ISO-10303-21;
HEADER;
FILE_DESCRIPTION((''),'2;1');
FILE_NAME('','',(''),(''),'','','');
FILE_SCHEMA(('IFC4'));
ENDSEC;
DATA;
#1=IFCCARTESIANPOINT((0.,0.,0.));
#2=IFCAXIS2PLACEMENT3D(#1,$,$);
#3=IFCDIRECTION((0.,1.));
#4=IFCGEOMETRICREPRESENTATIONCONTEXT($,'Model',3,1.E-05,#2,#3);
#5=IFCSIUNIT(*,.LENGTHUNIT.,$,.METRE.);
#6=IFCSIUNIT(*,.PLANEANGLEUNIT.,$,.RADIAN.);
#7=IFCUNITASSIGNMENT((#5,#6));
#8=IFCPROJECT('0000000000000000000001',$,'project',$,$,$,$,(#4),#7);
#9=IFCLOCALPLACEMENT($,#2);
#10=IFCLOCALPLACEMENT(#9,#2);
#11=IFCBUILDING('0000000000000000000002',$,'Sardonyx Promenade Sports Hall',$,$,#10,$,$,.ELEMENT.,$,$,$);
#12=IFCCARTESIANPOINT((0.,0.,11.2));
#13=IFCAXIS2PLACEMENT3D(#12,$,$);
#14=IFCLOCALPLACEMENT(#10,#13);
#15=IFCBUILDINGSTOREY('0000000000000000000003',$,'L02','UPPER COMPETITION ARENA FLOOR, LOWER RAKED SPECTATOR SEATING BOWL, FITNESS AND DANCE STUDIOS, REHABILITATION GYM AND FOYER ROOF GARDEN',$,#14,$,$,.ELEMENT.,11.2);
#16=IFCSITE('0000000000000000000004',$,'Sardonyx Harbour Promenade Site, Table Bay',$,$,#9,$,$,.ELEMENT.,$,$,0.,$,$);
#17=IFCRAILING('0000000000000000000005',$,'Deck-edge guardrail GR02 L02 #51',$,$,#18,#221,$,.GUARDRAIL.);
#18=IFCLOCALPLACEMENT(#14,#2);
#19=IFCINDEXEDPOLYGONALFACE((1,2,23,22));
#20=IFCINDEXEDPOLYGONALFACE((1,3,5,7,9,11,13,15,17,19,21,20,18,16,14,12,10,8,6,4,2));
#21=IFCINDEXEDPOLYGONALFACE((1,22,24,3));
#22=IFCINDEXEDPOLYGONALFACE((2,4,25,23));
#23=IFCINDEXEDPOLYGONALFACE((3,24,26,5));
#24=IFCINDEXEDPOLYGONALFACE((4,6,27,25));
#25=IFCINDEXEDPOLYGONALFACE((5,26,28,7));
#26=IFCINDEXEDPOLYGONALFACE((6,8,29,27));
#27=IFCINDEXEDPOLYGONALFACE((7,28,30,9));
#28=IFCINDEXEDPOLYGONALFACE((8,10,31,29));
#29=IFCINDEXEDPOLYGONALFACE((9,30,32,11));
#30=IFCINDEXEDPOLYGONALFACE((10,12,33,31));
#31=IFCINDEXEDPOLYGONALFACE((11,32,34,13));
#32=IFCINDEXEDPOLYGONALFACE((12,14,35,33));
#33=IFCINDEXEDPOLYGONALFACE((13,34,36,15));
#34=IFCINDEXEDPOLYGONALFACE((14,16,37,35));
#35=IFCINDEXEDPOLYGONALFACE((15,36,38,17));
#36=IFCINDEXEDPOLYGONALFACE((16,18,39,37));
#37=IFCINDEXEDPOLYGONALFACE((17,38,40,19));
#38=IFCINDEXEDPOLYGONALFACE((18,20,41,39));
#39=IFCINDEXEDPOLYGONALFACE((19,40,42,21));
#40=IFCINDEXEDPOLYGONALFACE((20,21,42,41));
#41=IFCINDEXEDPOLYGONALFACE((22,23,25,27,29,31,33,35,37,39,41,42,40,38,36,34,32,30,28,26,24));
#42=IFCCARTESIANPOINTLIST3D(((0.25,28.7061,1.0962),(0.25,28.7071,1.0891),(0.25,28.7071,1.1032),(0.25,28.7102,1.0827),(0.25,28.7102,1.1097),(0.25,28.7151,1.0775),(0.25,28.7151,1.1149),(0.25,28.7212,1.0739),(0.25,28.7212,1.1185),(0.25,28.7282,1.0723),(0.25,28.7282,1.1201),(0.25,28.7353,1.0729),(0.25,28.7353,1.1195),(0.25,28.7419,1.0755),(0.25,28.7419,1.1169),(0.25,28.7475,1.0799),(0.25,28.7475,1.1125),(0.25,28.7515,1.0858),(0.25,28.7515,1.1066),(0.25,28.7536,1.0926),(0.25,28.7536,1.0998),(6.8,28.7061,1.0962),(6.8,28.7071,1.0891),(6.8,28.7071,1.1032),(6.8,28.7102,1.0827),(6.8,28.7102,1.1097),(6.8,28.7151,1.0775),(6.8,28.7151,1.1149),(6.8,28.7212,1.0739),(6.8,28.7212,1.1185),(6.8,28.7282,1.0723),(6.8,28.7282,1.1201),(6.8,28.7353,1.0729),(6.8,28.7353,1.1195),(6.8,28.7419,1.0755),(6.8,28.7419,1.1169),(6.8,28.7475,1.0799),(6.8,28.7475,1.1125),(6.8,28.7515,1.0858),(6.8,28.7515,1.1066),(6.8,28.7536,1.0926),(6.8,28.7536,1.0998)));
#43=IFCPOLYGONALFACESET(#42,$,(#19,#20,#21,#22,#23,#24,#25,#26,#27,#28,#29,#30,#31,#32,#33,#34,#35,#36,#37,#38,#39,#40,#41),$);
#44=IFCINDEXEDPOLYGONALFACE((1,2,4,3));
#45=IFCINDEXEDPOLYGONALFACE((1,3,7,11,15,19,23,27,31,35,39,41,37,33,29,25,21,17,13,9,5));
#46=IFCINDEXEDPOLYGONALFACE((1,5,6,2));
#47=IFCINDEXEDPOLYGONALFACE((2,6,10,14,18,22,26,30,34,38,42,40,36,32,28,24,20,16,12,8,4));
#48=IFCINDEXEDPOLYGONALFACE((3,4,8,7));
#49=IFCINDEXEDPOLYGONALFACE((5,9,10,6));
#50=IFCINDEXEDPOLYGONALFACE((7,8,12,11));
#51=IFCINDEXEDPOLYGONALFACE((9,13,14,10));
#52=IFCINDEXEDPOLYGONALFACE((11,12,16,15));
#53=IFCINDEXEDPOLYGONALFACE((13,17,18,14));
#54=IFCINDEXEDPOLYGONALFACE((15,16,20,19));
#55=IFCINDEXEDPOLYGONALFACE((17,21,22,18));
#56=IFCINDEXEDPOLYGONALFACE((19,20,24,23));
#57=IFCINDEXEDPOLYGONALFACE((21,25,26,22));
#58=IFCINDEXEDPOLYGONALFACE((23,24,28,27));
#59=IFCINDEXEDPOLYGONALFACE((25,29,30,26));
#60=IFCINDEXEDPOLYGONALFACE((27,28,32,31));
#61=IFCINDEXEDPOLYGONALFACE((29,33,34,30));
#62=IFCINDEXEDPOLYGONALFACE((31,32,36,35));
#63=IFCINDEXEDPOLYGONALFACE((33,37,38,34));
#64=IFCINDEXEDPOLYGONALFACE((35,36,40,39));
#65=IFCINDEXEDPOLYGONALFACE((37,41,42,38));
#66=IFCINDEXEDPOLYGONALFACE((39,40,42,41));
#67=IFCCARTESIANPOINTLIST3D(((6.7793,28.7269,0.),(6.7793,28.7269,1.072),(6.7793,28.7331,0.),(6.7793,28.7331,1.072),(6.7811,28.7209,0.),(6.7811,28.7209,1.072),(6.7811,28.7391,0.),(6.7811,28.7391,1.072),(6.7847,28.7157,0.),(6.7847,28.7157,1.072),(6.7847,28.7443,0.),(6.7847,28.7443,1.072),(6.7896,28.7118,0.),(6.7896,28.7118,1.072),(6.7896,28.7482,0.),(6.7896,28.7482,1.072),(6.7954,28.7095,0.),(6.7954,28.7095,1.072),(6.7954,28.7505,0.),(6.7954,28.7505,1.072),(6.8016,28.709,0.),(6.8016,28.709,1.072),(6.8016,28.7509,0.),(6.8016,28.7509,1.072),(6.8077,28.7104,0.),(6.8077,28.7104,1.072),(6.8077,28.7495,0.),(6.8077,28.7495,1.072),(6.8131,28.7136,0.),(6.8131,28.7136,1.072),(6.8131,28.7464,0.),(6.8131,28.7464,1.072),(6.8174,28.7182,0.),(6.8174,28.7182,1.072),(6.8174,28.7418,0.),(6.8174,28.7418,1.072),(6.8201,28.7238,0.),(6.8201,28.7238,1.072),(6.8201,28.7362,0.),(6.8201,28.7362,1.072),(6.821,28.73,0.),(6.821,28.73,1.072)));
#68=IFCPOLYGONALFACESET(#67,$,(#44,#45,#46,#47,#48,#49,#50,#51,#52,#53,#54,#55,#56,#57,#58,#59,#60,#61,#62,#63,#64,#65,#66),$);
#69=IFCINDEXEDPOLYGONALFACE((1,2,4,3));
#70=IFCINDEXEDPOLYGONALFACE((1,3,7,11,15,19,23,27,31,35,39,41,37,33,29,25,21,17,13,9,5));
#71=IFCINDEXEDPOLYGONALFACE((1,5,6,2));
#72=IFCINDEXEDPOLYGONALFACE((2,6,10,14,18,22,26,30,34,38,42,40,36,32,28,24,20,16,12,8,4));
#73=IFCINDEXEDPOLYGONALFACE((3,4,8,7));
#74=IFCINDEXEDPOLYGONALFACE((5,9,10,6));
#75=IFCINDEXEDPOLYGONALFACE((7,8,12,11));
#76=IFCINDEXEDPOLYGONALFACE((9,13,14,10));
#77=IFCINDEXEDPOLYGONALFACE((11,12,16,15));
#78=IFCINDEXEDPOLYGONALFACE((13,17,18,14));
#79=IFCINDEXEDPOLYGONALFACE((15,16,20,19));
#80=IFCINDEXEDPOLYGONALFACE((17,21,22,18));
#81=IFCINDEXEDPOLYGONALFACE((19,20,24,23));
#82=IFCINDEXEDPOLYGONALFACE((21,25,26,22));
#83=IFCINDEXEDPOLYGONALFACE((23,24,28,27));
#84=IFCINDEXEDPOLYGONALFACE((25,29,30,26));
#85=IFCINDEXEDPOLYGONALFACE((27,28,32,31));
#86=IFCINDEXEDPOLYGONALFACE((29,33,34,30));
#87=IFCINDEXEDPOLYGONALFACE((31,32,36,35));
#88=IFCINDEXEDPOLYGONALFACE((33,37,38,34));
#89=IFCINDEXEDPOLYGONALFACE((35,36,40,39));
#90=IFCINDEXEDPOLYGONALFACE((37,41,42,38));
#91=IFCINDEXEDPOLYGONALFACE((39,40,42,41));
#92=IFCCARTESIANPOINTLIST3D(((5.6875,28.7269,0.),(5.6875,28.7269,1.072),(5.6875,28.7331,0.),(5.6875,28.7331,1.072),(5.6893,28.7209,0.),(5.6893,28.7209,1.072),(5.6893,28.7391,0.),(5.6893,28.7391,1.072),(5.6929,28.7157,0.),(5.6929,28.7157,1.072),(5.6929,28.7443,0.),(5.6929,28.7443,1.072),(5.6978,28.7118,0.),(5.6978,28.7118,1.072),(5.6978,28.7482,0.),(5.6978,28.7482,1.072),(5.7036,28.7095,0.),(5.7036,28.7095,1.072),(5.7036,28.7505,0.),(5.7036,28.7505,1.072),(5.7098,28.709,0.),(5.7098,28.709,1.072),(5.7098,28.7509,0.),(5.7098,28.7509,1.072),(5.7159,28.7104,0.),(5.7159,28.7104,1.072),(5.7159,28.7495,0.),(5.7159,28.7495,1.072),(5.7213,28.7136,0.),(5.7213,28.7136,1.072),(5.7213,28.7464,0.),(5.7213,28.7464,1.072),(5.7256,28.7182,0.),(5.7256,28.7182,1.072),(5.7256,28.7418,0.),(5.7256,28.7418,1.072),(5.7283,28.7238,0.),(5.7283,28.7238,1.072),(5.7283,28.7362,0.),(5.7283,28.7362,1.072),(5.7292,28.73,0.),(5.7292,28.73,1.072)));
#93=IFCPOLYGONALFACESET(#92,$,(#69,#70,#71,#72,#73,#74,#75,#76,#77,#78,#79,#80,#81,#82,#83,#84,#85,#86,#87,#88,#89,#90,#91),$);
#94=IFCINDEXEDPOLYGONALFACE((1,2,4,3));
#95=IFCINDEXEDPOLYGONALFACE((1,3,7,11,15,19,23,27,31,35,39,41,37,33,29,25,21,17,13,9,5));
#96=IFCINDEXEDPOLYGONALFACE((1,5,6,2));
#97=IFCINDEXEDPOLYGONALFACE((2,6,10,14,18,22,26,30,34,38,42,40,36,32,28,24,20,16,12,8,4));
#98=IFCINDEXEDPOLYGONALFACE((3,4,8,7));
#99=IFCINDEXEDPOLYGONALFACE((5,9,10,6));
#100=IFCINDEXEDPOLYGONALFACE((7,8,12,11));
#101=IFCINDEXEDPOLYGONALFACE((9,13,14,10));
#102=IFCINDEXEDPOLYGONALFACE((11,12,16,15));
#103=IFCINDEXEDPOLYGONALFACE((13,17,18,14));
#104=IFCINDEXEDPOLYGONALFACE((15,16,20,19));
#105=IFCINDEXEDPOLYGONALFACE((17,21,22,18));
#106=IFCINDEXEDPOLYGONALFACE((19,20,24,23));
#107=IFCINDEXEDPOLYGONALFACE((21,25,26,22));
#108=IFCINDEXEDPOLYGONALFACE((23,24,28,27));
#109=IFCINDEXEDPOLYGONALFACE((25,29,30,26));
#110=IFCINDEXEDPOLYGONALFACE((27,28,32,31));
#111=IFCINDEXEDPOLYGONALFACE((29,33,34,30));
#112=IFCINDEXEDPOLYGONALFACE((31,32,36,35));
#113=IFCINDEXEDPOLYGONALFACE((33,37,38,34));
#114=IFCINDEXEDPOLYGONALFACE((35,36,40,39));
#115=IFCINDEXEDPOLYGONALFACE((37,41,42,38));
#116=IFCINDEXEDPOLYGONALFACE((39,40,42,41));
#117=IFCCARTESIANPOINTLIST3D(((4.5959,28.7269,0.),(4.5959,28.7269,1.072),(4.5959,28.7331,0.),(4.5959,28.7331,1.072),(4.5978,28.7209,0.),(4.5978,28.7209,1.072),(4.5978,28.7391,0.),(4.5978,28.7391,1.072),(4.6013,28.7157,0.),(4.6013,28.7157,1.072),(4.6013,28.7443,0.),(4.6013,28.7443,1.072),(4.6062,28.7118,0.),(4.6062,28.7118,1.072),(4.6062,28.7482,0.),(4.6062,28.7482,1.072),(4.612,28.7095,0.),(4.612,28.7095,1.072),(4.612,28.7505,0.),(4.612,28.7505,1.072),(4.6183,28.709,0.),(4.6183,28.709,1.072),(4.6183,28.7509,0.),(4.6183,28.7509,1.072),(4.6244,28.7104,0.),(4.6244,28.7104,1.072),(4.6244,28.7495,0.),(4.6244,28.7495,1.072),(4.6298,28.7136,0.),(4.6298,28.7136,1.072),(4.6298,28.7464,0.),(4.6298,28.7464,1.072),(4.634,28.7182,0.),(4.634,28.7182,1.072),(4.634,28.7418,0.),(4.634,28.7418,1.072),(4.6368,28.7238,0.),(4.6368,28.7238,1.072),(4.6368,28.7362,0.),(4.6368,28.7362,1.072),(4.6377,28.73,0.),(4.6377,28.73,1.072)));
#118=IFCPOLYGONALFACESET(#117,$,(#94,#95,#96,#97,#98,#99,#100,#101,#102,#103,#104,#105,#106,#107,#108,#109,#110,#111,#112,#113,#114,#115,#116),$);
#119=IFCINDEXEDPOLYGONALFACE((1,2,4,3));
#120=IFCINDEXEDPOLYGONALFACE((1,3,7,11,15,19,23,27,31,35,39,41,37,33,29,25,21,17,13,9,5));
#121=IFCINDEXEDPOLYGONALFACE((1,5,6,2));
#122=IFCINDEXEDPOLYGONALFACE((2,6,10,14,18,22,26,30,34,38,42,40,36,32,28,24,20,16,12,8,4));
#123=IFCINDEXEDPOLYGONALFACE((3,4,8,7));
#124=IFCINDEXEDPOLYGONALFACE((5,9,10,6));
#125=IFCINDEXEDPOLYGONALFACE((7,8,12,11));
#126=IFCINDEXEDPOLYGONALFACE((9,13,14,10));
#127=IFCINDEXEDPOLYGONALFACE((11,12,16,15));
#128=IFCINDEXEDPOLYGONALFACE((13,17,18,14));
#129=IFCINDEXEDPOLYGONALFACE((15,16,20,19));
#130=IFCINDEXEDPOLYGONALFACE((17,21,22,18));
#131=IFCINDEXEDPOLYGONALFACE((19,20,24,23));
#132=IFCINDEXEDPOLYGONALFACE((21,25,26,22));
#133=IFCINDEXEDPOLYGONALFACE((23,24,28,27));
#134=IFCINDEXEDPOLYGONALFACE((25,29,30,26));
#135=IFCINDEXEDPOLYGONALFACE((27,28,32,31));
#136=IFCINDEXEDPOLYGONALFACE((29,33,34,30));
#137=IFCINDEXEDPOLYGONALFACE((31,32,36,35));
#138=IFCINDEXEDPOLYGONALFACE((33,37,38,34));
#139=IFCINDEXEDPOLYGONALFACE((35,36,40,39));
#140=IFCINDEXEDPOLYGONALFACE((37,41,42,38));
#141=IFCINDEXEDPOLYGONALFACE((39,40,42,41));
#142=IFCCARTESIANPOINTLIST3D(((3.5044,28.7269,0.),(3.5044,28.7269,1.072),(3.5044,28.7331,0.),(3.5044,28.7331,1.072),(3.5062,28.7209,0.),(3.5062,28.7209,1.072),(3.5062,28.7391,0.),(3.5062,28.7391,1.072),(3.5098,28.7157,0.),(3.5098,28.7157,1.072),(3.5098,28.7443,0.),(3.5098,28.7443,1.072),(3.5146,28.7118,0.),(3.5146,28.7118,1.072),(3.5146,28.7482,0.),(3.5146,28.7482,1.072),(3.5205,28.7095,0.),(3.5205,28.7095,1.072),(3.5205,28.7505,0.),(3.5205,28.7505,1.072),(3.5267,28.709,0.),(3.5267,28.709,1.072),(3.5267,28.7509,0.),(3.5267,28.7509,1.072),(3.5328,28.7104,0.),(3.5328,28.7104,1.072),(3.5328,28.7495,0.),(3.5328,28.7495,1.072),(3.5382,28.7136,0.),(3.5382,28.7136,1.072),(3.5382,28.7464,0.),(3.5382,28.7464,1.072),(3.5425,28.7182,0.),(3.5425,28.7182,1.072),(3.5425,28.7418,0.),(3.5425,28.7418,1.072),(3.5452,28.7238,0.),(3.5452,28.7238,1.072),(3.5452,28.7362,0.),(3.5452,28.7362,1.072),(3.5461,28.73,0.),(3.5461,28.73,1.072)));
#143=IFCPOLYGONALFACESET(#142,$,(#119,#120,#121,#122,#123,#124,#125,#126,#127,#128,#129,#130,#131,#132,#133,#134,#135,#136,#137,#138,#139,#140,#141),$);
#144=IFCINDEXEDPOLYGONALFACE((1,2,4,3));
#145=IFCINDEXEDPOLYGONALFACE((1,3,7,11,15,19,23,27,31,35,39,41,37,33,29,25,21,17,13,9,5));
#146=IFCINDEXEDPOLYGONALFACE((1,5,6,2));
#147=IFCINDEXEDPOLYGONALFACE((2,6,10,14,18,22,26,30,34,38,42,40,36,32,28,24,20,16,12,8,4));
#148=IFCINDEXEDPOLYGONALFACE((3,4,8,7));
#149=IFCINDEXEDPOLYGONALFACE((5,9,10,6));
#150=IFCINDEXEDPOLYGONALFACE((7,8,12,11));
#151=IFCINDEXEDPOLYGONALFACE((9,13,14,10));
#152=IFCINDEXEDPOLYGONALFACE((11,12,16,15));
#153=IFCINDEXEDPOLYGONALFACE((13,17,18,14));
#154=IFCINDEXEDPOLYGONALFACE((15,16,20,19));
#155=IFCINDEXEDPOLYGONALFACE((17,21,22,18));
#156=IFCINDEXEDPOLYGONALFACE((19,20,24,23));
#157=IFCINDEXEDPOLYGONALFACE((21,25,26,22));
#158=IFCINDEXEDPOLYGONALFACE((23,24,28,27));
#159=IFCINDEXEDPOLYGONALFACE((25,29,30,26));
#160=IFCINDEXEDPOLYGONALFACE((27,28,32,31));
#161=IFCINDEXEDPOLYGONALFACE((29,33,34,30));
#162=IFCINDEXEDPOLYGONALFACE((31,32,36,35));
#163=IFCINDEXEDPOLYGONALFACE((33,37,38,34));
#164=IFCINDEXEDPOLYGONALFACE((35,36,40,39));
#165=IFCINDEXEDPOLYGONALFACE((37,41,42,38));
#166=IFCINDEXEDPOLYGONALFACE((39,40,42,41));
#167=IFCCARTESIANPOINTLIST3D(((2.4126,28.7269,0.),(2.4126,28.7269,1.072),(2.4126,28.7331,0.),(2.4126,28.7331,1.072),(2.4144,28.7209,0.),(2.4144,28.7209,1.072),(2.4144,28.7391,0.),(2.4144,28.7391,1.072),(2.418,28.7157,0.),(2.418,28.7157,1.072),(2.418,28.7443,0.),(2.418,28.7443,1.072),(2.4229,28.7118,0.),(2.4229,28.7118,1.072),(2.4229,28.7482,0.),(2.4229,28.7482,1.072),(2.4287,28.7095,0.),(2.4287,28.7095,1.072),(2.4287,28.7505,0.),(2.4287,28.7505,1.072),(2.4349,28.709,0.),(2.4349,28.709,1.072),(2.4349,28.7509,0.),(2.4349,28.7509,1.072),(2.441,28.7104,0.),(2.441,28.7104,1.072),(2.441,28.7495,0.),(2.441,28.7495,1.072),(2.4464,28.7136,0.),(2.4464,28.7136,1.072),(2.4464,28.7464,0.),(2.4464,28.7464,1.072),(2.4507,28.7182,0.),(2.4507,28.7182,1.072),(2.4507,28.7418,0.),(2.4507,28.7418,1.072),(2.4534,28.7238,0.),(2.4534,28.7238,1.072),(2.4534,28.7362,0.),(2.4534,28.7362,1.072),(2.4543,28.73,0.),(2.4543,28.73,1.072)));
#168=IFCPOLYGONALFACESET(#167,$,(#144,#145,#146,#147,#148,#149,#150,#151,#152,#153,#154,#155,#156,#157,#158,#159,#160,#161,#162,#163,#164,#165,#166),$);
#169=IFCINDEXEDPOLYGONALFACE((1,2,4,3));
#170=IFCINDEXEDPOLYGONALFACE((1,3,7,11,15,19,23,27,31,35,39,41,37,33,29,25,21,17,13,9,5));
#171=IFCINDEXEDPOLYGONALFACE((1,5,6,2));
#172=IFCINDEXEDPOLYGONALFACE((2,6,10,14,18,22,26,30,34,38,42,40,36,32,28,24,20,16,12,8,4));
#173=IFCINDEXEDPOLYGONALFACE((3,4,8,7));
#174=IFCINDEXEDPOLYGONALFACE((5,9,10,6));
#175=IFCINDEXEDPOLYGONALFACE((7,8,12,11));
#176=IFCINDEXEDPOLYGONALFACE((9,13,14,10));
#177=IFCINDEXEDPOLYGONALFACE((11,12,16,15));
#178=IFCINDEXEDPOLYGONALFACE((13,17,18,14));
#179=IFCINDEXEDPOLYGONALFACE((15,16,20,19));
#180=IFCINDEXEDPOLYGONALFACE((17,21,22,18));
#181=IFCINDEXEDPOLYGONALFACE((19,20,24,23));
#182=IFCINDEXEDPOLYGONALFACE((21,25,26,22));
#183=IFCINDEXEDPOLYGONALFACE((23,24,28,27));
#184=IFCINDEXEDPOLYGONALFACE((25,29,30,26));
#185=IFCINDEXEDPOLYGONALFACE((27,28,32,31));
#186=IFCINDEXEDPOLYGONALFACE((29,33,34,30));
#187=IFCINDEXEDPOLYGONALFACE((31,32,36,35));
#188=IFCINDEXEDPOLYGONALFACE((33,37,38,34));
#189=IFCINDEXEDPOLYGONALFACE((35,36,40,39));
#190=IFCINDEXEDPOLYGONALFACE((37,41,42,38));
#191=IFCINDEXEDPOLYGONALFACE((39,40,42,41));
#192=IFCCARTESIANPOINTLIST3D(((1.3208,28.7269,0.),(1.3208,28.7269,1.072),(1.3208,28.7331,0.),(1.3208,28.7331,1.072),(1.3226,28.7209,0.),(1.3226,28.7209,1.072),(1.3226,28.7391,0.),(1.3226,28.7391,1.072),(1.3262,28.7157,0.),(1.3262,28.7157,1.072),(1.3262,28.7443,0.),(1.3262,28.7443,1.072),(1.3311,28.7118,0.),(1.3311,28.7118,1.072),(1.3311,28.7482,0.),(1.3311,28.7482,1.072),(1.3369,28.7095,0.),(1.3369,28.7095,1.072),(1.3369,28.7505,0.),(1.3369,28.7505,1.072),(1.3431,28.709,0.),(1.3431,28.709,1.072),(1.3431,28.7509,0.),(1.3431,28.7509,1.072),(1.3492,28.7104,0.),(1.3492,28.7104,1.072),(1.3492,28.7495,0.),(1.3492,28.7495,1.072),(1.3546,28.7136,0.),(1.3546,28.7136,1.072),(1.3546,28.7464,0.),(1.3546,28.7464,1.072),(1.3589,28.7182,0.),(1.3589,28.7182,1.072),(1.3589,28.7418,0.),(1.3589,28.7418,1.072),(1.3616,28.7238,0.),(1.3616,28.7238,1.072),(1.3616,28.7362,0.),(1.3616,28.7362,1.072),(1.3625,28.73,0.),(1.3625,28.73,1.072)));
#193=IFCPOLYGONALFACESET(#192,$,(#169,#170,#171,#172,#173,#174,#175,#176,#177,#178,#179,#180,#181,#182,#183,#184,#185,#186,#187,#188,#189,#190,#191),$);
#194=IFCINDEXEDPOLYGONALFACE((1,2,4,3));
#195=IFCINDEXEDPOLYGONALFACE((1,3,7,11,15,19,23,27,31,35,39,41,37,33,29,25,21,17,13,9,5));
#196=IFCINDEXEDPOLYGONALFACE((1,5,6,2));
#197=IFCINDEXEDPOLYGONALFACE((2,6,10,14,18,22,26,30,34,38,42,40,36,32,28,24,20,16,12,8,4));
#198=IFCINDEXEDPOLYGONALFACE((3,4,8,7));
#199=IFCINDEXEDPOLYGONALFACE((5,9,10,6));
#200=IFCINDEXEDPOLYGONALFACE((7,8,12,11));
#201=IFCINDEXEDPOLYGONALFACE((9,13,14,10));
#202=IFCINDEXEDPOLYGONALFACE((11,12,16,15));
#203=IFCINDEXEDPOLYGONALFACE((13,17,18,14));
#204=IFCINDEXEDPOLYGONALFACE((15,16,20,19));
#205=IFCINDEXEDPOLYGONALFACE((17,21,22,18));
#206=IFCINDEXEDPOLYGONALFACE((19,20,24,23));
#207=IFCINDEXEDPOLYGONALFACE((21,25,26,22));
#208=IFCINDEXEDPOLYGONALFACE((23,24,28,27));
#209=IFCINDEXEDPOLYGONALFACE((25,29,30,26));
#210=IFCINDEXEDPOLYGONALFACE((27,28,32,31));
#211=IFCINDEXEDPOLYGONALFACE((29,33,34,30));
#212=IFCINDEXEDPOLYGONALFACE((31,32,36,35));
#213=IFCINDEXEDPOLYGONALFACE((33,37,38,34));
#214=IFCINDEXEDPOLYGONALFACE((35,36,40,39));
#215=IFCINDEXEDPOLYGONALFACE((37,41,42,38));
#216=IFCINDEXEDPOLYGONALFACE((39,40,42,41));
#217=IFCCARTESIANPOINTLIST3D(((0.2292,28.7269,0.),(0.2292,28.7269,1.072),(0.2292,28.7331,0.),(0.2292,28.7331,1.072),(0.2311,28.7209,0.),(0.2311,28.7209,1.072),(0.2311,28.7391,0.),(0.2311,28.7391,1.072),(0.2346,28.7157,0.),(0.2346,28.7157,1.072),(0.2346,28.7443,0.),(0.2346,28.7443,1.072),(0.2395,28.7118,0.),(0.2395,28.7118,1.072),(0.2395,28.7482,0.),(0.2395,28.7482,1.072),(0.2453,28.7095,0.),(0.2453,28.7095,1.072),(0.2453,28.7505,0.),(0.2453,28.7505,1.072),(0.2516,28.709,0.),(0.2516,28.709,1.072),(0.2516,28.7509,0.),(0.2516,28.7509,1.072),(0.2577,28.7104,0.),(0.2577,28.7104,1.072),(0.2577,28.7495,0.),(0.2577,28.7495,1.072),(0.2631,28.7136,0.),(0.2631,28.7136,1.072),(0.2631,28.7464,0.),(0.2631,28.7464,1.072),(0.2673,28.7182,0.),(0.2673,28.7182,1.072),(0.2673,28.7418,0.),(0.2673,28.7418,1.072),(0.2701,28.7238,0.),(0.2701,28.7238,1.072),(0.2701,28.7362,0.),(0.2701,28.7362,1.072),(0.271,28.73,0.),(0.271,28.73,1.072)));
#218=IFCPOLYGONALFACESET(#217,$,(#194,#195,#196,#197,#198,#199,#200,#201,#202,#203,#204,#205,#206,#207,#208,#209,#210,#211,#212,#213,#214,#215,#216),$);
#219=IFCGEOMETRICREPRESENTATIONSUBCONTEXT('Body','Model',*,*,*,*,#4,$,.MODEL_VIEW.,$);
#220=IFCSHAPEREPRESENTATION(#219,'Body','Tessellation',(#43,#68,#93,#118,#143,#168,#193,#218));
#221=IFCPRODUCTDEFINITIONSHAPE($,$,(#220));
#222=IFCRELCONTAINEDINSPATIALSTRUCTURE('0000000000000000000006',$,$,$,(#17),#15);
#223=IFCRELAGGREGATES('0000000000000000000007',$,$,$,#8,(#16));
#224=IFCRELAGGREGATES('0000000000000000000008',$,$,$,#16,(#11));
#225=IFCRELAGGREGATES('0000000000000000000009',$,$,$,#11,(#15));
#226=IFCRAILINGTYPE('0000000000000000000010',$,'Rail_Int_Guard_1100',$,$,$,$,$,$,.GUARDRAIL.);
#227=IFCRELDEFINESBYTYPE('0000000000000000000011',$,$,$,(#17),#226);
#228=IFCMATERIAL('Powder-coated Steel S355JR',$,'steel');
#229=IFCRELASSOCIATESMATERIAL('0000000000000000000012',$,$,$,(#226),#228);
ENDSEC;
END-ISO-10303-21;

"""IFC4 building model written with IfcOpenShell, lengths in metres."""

from ifc_helpers import new_model, si_unit, direction, frame, origin, origin_2d, place, context, subcontext, project, spatial, circle, extrude, material, type_object, element, save


model = new_model("IFC4")

# Units and contexts
model_context = context("Model", 3, precision=1e-05, world=origin(), true_north=direction((0.0, 1.0)))
body_context = subcontext(model_context, "Body", "Model", "MODEL_VIEW")
ifc_project = project(units=[si_unit("LENGTHUNIT", "METRE"), si_unit("PLANEANGLEUNIT", "RADIAN")], contexts=[model_context])

# Site, building, storey
site_placement = place(None, origin())
site = spatial("IfcSite", under=ifc_project, at=site_placement, Name="Sardonyx Harbour Promenade Site, Table Bay", CompositionType="ELEMENT", RefElevation=0.0)
building_placement = place(site_placement, origin())
building = spatial("IfcBuilding", under=site, at=building_placement, Name="Sardonyx Promenade Sports Hall", CompositionType="ELEMENT")
storey_placement = place(building_placement, frame((0.0, 0.0, 11.2)))
storey = spatial("IfcBuildingStorey", under=building, at=storey_placement, Name="L02", Description="UPPER COMPETITION ARENA FLOOR, LOWER RAKED SPECTATOR SEATING BOWL, FITNESS AND DANCE STUDIOS, REHABILITATION GYM AND FOYER ROOF GARDEN", CompositionType="ELEMENT", Elevation=11.2)

# Railing
ifc_material_1 = material(Name="Powder-coated Steel S355JR", Category="steel")
railing_type = type_object("IfcRailingType", Name="Rail_Int_Guard_1100", PredefinedType="GUARDRAIL", material=ifc_material_1)
railing_1_placement = place(storey_placement, frame((6.8, 28.73, 0.0)))
element("IfcRailing", 1, at=railing_1_placement, inside=storey, type_object=railing_type, Name="Deck-edge guardrail GR02 L02 #51", PredefinedType="GUARDRAIL", context=body_context, shape_type="SweptSolid", body=[
    extrude(circle(Radius=0.0239, at=origin_2d()), frame((0.0, 0.0, 1.0962), z_axis=(-1.0, 0.0, 0.0), x_axis=(0.0, -1.0, 0.0)), (0.0, 0.0, 1.0), 6.55),
    extrude(circle(Radius=0.021, at=origin_2d()), origin(), (0.0, 0.0, 1.0), 1.072),
    extrude(circle(Radius=0.021, at=origin_2d()), frame((-1.0918, 0.0, 0.0)), (0.0, 0.0, 1.0), 1.072),
    extrude(circle(Radius=0.021, at=origin_2d()), frame((-2.1833, 0.0, 0.0)), (0.0, 0.0, 1.0), 1.072),
    extrude(circle(Radius=0.021, at=origin_2d()), frame((-3.2749, 0.0, 0.0)), (0.0, 0.0, 1.0), 1.072),
    extrude(circle(Radius=0.021, at=origin_2d()), frame((-4.3667, 0.0, 0.0)), (0.0, 0.0, 1.0), 1.072),
    extrude(circle(Radius=0.021, at=origin_2d()), frame((-5.4585, 0.0, 0.0)), (0.0, 0.0, 1.0), 1.072),
    extrude(circle(Radius=0.021, at=origin_2d()), frame((-6.55, 0.0, 0.0)), (0.0, 0.0, 1.0), 1.072),
])

save(model, "model.ifc")
